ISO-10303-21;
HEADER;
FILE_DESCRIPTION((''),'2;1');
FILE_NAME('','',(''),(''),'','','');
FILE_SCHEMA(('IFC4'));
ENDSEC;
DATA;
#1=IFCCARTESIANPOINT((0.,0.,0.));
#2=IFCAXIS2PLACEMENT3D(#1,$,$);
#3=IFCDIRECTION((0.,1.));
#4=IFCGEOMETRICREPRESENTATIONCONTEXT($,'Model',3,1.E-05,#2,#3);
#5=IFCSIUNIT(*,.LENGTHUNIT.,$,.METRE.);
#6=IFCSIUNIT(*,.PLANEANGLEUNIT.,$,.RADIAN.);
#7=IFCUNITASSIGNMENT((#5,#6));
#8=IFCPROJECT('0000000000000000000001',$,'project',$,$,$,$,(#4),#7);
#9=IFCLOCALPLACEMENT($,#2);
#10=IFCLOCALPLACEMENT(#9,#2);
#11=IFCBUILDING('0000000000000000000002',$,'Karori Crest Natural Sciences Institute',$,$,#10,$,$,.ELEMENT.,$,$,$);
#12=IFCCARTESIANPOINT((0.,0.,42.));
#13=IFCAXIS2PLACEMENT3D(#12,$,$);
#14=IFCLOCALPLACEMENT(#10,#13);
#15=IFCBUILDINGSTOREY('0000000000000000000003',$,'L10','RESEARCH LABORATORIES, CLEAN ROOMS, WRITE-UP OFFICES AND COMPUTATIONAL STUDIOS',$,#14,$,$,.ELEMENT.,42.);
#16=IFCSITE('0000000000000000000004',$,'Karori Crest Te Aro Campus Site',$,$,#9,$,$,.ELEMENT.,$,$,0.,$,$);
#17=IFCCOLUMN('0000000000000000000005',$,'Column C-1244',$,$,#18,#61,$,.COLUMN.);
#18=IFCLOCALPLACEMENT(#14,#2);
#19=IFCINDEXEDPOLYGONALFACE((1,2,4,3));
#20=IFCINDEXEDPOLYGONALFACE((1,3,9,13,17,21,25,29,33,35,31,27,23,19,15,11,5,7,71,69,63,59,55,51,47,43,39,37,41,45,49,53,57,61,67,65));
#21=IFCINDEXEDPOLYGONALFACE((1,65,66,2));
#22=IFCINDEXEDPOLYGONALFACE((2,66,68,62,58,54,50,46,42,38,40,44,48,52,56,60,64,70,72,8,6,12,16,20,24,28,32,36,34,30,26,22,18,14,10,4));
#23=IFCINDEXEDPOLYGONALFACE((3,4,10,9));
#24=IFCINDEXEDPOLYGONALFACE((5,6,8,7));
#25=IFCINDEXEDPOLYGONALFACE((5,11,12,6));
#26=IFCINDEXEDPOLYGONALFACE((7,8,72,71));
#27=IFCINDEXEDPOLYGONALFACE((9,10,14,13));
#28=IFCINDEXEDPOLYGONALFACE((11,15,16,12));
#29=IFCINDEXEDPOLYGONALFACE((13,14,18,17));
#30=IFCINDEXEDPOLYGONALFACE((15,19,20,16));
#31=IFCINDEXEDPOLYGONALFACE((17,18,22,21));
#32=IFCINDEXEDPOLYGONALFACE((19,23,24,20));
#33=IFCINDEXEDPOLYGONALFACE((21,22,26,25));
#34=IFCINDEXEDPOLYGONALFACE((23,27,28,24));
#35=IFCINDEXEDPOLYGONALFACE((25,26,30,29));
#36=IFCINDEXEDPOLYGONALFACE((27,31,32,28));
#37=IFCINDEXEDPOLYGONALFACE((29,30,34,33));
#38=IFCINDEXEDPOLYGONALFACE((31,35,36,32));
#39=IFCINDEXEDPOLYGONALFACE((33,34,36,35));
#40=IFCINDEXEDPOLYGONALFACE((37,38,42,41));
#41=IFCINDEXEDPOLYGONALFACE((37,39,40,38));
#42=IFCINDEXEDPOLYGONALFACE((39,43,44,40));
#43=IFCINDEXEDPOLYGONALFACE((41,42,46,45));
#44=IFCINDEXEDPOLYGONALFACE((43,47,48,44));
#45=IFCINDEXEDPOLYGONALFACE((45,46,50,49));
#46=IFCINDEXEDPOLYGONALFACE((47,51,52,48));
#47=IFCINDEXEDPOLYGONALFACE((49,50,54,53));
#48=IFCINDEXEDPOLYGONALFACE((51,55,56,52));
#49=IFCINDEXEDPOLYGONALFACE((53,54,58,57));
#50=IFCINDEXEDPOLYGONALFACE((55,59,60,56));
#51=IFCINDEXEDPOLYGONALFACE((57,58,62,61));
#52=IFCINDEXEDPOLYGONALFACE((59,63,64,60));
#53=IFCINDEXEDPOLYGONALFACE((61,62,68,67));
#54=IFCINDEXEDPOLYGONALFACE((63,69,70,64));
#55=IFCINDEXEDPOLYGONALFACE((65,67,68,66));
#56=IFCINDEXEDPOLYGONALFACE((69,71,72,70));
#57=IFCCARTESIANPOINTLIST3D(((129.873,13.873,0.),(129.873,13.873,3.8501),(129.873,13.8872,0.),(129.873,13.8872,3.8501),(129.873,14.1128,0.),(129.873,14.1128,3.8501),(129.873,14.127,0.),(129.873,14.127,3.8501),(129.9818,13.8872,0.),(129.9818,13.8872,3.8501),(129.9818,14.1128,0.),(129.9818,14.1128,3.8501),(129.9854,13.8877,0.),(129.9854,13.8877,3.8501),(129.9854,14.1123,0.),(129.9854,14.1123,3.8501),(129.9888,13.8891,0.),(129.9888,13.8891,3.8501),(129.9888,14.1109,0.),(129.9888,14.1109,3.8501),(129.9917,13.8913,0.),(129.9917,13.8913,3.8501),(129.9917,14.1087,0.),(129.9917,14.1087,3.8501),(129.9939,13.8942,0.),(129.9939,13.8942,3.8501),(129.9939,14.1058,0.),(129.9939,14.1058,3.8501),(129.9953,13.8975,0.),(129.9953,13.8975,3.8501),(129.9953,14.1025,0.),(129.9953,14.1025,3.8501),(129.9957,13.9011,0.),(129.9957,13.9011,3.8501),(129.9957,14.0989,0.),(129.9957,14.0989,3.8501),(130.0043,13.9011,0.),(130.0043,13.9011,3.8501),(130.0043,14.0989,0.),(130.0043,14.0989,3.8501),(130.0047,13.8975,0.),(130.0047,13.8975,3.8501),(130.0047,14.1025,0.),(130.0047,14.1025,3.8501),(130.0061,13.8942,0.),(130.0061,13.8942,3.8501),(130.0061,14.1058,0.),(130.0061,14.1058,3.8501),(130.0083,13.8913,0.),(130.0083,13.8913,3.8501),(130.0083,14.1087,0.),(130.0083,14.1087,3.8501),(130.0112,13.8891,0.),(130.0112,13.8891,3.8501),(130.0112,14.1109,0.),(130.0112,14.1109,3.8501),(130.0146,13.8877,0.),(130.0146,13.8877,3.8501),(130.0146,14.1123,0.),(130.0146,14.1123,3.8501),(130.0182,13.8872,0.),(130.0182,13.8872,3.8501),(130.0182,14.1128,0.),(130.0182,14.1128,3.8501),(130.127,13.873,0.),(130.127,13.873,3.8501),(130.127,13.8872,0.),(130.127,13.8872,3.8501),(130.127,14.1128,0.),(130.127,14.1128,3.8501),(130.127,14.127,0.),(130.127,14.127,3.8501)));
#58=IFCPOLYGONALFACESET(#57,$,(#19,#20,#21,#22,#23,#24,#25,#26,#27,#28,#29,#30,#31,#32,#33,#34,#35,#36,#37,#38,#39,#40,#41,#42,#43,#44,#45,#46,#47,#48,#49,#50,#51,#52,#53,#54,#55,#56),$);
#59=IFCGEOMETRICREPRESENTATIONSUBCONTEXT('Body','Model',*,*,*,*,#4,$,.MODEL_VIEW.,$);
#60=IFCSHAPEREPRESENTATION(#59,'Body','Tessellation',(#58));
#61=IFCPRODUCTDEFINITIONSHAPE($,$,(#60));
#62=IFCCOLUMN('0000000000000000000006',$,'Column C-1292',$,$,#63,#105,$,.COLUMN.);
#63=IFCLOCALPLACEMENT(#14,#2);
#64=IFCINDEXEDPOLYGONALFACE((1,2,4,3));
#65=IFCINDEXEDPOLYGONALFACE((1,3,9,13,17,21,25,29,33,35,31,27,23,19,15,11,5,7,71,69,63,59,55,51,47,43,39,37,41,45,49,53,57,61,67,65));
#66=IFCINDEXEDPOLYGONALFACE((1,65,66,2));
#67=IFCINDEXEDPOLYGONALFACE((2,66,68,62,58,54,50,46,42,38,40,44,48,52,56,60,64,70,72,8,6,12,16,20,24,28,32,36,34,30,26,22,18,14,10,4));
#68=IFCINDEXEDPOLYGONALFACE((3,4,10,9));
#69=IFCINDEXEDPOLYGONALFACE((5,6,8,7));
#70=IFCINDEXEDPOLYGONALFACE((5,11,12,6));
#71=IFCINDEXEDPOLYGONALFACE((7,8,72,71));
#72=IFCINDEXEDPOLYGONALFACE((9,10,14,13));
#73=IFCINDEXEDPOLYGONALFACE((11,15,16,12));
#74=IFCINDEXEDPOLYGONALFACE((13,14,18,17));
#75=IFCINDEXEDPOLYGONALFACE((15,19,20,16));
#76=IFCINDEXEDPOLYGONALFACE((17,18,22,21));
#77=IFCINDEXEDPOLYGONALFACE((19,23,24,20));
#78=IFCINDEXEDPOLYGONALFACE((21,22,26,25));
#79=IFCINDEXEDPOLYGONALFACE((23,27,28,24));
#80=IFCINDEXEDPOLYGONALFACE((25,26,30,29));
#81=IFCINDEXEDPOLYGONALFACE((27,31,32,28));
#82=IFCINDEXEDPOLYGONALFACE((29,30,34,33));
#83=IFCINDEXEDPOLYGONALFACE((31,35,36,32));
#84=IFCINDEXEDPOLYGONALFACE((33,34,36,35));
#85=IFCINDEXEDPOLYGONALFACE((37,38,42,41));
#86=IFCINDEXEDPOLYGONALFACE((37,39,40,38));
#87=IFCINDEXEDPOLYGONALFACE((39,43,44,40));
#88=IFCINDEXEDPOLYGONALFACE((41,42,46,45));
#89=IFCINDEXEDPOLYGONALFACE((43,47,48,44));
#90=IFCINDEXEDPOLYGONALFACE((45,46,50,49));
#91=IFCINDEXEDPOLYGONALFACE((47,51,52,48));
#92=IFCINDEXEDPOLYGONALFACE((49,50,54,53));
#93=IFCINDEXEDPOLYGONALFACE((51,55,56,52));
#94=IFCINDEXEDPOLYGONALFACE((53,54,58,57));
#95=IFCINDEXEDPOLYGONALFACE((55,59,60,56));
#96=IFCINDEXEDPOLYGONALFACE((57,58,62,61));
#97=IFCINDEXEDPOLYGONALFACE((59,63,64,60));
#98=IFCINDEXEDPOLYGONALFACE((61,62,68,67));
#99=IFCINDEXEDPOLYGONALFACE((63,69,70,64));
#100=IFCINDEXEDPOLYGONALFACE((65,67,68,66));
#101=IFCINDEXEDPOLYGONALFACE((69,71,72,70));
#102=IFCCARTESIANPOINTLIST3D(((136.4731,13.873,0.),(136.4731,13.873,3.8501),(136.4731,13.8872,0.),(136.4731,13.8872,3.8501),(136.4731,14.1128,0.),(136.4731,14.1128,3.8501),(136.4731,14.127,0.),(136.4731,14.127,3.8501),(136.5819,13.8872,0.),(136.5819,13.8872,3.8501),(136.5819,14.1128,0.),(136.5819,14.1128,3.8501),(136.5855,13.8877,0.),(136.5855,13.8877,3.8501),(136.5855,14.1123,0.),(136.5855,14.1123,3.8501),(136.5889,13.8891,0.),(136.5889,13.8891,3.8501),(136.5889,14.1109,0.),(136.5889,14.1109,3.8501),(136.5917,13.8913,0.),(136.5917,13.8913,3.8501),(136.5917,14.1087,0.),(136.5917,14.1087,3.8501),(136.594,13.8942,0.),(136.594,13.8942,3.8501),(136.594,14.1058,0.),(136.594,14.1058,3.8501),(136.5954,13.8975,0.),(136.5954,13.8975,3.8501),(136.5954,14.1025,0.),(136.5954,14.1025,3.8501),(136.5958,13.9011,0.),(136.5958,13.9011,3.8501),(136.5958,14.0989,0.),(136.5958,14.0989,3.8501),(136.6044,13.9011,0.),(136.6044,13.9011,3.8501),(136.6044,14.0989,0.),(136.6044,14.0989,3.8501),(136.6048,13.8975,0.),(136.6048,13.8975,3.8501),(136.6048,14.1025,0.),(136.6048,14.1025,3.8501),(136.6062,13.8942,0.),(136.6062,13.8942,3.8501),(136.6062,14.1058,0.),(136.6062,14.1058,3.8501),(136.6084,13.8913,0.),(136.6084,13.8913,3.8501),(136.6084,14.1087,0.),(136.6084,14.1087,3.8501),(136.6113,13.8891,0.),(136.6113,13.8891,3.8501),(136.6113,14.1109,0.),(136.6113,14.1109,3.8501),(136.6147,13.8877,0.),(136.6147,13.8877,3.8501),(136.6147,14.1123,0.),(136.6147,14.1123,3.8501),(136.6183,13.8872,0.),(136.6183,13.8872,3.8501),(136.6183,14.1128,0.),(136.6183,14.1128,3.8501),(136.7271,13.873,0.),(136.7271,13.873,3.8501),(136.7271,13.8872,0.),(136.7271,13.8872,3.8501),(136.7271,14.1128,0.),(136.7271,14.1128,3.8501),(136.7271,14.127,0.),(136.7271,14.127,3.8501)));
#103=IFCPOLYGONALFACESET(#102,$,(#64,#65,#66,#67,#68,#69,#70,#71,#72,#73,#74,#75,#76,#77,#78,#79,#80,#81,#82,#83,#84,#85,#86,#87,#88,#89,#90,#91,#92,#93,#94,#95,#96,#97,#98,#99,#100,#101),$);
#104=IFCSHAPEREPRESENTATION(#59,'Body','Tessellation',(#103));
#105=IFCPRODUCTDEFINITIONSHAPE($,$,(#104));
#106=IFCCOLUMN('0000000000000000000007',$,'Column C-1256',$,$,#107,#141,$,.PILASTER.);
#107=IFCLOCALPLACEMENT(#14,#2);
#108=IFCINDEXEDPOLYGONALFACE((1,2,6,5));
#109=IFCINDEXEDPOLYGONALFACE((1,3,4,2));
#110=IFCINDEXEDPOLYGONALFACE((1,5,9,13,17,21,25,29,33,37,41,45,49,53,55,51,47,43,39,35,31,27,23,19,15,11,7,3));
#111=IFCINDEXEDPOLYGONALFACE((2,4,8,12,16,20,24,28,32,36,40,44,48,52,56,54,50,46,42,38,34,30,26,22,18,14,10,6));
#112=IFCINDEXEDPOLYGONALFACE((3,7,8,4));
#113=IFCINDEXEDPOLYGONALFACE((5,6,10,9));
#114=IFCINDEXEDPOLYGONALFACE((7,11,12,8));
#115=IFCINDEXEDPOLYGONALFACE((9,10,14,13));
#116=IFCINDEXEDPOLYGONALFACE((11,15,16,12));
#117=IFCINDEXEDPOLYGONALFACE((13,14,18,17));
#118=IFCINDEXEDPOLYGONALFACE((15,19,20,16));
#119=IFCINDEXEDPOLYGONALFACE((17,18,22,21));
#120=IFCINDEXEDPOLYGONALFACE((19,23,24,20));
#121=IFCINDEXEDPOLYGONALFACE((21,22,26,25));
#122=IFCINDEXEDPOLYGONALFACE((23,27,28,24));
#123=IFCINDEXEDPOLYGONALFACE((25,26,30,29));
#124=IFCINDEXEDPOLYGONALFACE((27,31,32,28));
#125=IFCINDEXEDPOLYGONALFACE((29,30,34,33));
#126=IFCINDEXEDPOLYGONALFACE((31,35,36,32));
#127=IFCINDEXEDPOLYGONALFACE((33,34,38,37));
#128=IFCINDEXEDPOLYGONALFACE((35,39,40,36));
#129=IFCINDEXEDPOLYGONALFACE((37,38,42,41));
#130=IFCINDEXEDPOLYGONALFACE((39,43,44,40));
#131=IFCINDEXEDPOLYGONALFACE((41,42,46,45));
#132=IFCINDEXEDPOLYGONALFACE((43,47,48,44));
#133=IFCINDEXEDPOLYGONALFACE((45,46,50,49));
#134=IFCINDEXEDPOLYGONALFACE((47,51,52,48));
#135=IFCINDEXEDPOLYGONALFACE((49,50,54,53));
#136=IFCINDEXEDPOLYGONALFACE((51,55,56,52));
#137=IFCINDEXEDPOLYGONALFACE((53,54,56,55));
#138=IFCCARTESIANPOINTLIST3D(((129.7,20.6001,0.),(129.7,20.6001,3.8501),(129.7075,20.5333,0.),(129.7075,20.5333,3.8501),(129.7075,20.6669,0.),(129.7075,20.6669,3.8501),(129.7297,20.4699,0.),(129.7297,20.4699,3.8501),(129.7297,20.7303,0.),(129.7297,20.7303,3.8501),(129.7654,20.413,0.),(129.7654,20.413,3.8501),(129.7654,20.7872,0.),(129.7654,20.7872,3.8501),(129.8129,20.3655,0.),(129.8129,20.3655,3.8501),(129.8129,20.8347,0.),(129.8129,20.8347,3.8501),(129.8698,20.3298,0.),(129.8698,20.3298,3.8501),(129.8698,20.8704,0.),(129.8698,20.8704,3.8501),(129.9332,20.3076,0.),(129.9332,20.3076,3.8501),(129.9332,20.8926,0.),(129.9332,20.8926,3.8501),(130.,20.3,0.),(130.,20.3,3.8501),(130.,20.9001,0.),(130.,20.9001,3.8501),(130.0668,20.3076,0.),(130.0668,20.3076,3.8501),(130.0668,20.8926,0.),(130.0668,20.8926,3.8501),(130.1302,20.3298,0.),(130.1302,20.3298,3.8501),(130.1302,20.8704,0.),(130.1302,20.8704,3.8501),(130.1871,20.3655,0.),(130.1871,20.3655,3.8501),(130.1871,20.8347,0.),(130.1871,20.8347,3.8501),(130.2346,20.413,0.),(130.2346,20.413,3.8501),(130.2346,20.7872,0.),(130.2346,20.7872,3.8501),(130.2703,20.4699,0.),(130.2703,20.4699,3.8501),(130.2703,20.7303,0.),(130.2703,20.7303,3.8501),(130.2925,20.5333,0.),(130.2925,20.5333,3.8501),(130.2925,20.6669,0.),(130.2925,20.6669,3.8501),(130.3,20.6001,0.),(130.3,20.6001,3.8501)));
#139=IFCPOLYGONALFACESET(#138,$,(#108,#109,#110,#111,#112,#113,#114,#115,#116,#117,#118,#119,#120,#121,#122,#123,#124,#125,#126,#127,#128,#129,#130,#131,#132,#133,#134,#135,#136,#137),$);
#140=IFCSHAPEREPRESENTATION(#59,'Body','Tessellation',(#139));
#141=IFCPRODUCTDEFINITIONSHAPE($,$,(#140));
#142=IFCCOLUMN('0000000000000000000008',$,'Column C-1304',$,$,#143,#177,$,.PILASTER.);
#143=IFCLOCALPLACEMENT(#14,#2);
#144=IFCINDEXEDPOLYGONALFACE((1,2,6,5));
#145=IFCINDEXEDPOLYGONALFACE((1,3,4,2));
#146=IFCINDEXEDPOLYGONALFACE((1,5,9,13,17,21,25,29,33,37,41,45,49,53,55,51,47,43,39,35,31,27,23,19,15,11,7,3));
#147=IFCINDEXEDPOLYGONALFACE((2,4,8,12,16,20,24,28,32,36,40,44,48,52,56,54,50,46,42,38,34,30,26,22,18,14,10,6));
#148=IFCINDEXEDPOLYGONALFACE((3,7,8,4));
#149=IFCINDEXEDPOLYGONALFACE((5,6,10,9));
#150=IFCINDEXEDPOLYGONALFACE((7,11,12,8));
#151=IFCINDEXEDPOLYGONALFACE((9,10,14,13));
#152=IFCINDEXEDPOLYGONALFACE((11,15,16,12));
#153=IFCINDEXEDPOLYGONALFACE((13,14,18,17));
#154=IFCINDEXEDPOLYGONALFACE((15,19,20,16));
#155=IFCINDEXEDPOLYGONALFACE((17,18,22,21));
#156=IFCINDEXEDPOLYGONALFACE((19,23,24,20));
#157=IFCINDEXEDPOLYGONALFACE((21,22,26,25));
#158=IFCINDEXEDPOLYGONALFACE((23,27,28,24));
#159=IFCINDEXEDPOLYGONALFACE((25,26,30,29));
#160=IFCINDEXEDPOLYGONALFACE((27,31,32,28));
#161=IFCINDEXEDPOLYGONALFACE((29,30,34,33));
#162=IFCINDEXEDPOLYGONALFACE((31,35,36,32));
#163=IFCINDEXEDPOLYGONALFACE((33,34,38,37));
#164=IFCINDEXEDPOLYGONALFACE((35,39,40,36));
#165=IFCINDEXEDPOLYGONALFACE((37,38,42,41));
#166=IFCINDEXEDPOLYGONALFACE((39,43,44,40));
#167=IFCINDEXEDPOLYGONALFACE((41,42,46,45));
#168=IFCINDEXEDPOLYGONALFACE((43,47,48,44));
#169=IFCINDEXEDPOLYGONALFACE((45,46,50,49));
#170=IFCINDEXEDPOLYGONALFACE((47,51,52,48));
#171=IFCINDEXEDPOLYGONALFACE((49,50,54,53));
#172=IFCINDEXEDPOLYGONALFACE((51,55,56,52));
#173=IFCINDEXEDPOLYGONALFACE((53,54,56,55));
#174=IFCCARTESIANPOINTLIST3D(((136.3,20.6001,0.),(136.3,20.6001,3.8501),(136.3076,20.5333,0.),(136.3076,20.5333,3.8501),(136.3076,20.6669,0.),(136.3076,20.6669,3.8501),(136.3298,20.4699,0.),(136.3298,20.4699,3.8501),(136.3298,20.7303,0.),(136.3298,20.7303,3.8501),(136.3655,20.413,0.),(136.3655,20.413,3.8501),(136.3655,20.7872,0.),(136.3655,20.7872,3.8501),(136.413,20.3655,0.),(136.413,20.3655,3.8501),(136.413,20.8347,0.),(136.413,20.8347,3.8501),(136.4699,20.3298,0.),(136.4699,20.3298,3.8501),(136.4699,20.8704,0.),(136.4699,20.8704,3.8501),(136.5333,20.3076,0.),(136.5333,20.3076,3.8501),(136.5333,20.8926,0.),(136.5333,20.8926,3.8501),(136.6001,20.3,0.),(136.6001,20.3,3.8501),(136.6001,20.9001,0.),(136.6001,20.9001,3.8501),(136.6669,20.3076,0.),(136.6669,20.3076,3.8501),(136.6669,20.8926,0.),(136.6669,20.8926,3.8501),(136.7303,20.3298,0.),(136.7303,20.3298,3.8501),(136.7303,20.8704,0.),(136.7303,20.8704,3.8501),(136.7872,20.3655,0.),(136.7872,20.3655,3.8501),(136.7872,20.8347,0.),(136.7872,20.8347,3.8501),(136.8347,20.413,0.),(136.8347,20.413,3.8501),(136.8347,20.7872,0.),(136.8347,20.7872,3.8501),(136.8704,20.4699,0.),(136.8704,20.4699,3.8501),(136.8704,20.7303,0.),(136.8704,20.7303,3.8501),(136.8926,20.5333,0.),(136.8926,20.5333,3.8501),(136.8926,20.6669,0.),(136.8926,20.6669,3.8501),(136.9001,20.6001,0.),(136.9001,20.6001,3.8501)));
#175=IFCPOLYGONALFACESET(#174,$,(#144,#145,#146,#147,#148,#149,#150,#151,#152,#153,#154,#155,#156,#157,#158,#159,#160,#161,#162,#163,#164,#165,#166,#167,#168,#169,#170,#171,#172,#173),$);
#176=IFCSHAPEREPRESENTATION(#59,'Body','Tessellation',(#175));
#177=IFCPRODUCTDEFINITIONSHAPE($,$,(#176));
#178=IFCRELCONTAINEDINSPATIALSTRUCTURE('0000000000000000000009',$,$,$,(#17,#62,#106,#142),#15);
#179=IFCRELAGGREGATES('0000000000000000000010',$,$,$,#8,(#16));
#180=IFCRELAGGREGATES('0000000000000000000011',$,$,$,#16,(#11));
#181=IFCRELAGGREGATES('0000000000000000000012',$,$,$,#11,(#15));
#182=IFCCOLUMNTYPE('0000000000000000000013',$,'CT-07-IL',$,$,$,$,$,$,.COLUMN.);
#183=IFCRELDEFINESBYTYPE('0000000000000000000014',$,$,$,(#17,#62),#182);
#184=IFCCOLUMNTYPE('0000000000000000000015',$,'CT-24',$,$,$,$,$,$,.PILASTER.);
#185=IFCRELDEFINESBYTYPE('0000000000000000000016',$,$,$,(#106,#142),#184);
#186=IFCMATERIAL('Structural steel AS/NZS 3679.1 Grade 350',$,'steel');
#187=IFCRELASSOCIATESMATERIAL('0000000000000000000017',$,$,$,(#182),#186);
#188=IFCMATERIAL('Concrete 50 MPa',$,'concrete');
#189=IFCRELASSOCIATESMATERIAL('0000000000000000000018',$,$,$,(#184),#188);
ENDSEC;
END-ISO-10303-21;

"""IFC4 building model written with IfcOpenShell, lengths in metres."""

from ifc_helpers import new_model, si_unit, direction, frame, origin, origin_2d, place, context, subcontext, project, spatial, circle, i_section, extrude, material, material_profile, profile_set, type_object, element, save


model = new_model("IFC4")

# Units and contexts
model_context = context("Model", 3, precision=1e-05, world=origin(), true_north=direction((0.0, 1.0)))
body_context = subcontext(model_context, "Body", "Model", "MODEL_VIEW")
ifc_project = project(units=[si_unit("LENGTHUNIT", "METRE"), si_unit("PLANEANGLEUNIT", "RADIAN")], contexts=[model_context])

# Site, building, storey
site_placement = place(None, origin())
site = spatial("IfcSite", under=ifc_project, at=site_placement, Name="Karori Crest Te Aro Campus Site", CompositionType="ELEMENT", RefElevation=0.0)
building_placement = place(site_placement, origin())
building = spatial("IfcBuilding", under=site, at=building_placement, Name="Karori Crest Natural Sciences Institute", CompositionType="ELEMENT")
storey_placement = place(building_placement, frame((0.0, 0.0, 42.0)))
storey = spatial("IfcBuildingStorey", under=building, at=storey_placement, Name="L10", Description="RESEARCH LABORATORIES, CLEAN ROOMS, WRITE-UP OFFICES AND COMPUTATIONAL STUDIOS", CompositionType="ELEMENT", Elevation=42.0)

# Columns
ifc_material_1 = material(Name="Structural steel AS/NZS 3679.1 Grade 350", Category="steel")
ifc_material_profile_1 = material_profile(ifc_material_1, i_section(OverallWidth=0.2539, OverallDepth=0.2539, WebThickness=0.0085, FlangeThickness=0.0142, FilletRadius=0.0139, at=origin_2d()), Name="250UC72.9")
ifc_profile_set_1 = profile_set([ifc_material_profile_1], Name="Structural steel AS/NZS 3679.1 Grade 350")
column_type_1 = type_object("IfcColumnType", Name="CT-07-IL", PredefinedType="COLUMN", material=ifc_profile_set_1)
for number, where, z_axis, x_axis, name in (
    (1, (130.0, 14.0, 0.0), (0.0, 0.0, 1.0), (1.0, 0.0, 0.0), "Column C-1244"),
    (2, (136.6001, 14.0, 0.0), (0.0, 0.0, 1.0), (1.0, 0.0, 0.0), "Column C-1292"),
):
    element("IfcColumn", number, at=place(storey_placement, frame(where, z_axis=z_axis, x_axis=x_axis)), inside=storey, type_object=column_type_1, Name=name, PredefinedType="COLUMN", context=body_context, shape_type="SweptSolid", body=[
        extrude(i_section(OverallWidth=0.2539, OverallDepth=0.2539, WebThickness=0.0085, FlangeThickness=0.0142, FilletRadius=0.0139, at=origin_2d()), origin(), (0.0, 0.0, 1.0), 3.8501),
    ])
ifc_material_2 = material(Name="Concrete 50 MPa", Category="concrete")
ifc_material_profile_2 = material_profile(ifc_material_2, circle(Radius=0.3, at=origin_2d()), Name="RCC600")
ifc_profile_set_2 = profile_set([ifc_material_profile_2], Name="Concrete 50 MPa")
column_type_2 = type_object("IfcColumnType", Name="CT-24", PredefinedType="PILASTER", material=ifc_profile_set_2)
for number, where, z_axis, x_axis, name in (
    (3, (130.0, 20.6001, 0.0), (0.0, 0.0, 1.0), (1.0, 0.0, 0.0), "Column C-1256"),
    (4, (136.6001, 20.6001, 0.0), (0.0, 0.0, 1.0), (1.0, 0.0, 0.0), "Column C-1304"),
):
    element("IfcColumn", number, at=place(storey_placement, frame(where, z_axis=z_axis, x_axis=x_axis)), inside=storey, type_object=column_type_2, Name=name, PredefinedType="PILASTER", context=body_context, shape_type="SweptSolid", body=[
        extrude(circle(Radius=0.3, at=origin_2d()), origin(), (0.0, 0.0, 1.0), 3.8501),
    ])

save(model, "model.ifc")
